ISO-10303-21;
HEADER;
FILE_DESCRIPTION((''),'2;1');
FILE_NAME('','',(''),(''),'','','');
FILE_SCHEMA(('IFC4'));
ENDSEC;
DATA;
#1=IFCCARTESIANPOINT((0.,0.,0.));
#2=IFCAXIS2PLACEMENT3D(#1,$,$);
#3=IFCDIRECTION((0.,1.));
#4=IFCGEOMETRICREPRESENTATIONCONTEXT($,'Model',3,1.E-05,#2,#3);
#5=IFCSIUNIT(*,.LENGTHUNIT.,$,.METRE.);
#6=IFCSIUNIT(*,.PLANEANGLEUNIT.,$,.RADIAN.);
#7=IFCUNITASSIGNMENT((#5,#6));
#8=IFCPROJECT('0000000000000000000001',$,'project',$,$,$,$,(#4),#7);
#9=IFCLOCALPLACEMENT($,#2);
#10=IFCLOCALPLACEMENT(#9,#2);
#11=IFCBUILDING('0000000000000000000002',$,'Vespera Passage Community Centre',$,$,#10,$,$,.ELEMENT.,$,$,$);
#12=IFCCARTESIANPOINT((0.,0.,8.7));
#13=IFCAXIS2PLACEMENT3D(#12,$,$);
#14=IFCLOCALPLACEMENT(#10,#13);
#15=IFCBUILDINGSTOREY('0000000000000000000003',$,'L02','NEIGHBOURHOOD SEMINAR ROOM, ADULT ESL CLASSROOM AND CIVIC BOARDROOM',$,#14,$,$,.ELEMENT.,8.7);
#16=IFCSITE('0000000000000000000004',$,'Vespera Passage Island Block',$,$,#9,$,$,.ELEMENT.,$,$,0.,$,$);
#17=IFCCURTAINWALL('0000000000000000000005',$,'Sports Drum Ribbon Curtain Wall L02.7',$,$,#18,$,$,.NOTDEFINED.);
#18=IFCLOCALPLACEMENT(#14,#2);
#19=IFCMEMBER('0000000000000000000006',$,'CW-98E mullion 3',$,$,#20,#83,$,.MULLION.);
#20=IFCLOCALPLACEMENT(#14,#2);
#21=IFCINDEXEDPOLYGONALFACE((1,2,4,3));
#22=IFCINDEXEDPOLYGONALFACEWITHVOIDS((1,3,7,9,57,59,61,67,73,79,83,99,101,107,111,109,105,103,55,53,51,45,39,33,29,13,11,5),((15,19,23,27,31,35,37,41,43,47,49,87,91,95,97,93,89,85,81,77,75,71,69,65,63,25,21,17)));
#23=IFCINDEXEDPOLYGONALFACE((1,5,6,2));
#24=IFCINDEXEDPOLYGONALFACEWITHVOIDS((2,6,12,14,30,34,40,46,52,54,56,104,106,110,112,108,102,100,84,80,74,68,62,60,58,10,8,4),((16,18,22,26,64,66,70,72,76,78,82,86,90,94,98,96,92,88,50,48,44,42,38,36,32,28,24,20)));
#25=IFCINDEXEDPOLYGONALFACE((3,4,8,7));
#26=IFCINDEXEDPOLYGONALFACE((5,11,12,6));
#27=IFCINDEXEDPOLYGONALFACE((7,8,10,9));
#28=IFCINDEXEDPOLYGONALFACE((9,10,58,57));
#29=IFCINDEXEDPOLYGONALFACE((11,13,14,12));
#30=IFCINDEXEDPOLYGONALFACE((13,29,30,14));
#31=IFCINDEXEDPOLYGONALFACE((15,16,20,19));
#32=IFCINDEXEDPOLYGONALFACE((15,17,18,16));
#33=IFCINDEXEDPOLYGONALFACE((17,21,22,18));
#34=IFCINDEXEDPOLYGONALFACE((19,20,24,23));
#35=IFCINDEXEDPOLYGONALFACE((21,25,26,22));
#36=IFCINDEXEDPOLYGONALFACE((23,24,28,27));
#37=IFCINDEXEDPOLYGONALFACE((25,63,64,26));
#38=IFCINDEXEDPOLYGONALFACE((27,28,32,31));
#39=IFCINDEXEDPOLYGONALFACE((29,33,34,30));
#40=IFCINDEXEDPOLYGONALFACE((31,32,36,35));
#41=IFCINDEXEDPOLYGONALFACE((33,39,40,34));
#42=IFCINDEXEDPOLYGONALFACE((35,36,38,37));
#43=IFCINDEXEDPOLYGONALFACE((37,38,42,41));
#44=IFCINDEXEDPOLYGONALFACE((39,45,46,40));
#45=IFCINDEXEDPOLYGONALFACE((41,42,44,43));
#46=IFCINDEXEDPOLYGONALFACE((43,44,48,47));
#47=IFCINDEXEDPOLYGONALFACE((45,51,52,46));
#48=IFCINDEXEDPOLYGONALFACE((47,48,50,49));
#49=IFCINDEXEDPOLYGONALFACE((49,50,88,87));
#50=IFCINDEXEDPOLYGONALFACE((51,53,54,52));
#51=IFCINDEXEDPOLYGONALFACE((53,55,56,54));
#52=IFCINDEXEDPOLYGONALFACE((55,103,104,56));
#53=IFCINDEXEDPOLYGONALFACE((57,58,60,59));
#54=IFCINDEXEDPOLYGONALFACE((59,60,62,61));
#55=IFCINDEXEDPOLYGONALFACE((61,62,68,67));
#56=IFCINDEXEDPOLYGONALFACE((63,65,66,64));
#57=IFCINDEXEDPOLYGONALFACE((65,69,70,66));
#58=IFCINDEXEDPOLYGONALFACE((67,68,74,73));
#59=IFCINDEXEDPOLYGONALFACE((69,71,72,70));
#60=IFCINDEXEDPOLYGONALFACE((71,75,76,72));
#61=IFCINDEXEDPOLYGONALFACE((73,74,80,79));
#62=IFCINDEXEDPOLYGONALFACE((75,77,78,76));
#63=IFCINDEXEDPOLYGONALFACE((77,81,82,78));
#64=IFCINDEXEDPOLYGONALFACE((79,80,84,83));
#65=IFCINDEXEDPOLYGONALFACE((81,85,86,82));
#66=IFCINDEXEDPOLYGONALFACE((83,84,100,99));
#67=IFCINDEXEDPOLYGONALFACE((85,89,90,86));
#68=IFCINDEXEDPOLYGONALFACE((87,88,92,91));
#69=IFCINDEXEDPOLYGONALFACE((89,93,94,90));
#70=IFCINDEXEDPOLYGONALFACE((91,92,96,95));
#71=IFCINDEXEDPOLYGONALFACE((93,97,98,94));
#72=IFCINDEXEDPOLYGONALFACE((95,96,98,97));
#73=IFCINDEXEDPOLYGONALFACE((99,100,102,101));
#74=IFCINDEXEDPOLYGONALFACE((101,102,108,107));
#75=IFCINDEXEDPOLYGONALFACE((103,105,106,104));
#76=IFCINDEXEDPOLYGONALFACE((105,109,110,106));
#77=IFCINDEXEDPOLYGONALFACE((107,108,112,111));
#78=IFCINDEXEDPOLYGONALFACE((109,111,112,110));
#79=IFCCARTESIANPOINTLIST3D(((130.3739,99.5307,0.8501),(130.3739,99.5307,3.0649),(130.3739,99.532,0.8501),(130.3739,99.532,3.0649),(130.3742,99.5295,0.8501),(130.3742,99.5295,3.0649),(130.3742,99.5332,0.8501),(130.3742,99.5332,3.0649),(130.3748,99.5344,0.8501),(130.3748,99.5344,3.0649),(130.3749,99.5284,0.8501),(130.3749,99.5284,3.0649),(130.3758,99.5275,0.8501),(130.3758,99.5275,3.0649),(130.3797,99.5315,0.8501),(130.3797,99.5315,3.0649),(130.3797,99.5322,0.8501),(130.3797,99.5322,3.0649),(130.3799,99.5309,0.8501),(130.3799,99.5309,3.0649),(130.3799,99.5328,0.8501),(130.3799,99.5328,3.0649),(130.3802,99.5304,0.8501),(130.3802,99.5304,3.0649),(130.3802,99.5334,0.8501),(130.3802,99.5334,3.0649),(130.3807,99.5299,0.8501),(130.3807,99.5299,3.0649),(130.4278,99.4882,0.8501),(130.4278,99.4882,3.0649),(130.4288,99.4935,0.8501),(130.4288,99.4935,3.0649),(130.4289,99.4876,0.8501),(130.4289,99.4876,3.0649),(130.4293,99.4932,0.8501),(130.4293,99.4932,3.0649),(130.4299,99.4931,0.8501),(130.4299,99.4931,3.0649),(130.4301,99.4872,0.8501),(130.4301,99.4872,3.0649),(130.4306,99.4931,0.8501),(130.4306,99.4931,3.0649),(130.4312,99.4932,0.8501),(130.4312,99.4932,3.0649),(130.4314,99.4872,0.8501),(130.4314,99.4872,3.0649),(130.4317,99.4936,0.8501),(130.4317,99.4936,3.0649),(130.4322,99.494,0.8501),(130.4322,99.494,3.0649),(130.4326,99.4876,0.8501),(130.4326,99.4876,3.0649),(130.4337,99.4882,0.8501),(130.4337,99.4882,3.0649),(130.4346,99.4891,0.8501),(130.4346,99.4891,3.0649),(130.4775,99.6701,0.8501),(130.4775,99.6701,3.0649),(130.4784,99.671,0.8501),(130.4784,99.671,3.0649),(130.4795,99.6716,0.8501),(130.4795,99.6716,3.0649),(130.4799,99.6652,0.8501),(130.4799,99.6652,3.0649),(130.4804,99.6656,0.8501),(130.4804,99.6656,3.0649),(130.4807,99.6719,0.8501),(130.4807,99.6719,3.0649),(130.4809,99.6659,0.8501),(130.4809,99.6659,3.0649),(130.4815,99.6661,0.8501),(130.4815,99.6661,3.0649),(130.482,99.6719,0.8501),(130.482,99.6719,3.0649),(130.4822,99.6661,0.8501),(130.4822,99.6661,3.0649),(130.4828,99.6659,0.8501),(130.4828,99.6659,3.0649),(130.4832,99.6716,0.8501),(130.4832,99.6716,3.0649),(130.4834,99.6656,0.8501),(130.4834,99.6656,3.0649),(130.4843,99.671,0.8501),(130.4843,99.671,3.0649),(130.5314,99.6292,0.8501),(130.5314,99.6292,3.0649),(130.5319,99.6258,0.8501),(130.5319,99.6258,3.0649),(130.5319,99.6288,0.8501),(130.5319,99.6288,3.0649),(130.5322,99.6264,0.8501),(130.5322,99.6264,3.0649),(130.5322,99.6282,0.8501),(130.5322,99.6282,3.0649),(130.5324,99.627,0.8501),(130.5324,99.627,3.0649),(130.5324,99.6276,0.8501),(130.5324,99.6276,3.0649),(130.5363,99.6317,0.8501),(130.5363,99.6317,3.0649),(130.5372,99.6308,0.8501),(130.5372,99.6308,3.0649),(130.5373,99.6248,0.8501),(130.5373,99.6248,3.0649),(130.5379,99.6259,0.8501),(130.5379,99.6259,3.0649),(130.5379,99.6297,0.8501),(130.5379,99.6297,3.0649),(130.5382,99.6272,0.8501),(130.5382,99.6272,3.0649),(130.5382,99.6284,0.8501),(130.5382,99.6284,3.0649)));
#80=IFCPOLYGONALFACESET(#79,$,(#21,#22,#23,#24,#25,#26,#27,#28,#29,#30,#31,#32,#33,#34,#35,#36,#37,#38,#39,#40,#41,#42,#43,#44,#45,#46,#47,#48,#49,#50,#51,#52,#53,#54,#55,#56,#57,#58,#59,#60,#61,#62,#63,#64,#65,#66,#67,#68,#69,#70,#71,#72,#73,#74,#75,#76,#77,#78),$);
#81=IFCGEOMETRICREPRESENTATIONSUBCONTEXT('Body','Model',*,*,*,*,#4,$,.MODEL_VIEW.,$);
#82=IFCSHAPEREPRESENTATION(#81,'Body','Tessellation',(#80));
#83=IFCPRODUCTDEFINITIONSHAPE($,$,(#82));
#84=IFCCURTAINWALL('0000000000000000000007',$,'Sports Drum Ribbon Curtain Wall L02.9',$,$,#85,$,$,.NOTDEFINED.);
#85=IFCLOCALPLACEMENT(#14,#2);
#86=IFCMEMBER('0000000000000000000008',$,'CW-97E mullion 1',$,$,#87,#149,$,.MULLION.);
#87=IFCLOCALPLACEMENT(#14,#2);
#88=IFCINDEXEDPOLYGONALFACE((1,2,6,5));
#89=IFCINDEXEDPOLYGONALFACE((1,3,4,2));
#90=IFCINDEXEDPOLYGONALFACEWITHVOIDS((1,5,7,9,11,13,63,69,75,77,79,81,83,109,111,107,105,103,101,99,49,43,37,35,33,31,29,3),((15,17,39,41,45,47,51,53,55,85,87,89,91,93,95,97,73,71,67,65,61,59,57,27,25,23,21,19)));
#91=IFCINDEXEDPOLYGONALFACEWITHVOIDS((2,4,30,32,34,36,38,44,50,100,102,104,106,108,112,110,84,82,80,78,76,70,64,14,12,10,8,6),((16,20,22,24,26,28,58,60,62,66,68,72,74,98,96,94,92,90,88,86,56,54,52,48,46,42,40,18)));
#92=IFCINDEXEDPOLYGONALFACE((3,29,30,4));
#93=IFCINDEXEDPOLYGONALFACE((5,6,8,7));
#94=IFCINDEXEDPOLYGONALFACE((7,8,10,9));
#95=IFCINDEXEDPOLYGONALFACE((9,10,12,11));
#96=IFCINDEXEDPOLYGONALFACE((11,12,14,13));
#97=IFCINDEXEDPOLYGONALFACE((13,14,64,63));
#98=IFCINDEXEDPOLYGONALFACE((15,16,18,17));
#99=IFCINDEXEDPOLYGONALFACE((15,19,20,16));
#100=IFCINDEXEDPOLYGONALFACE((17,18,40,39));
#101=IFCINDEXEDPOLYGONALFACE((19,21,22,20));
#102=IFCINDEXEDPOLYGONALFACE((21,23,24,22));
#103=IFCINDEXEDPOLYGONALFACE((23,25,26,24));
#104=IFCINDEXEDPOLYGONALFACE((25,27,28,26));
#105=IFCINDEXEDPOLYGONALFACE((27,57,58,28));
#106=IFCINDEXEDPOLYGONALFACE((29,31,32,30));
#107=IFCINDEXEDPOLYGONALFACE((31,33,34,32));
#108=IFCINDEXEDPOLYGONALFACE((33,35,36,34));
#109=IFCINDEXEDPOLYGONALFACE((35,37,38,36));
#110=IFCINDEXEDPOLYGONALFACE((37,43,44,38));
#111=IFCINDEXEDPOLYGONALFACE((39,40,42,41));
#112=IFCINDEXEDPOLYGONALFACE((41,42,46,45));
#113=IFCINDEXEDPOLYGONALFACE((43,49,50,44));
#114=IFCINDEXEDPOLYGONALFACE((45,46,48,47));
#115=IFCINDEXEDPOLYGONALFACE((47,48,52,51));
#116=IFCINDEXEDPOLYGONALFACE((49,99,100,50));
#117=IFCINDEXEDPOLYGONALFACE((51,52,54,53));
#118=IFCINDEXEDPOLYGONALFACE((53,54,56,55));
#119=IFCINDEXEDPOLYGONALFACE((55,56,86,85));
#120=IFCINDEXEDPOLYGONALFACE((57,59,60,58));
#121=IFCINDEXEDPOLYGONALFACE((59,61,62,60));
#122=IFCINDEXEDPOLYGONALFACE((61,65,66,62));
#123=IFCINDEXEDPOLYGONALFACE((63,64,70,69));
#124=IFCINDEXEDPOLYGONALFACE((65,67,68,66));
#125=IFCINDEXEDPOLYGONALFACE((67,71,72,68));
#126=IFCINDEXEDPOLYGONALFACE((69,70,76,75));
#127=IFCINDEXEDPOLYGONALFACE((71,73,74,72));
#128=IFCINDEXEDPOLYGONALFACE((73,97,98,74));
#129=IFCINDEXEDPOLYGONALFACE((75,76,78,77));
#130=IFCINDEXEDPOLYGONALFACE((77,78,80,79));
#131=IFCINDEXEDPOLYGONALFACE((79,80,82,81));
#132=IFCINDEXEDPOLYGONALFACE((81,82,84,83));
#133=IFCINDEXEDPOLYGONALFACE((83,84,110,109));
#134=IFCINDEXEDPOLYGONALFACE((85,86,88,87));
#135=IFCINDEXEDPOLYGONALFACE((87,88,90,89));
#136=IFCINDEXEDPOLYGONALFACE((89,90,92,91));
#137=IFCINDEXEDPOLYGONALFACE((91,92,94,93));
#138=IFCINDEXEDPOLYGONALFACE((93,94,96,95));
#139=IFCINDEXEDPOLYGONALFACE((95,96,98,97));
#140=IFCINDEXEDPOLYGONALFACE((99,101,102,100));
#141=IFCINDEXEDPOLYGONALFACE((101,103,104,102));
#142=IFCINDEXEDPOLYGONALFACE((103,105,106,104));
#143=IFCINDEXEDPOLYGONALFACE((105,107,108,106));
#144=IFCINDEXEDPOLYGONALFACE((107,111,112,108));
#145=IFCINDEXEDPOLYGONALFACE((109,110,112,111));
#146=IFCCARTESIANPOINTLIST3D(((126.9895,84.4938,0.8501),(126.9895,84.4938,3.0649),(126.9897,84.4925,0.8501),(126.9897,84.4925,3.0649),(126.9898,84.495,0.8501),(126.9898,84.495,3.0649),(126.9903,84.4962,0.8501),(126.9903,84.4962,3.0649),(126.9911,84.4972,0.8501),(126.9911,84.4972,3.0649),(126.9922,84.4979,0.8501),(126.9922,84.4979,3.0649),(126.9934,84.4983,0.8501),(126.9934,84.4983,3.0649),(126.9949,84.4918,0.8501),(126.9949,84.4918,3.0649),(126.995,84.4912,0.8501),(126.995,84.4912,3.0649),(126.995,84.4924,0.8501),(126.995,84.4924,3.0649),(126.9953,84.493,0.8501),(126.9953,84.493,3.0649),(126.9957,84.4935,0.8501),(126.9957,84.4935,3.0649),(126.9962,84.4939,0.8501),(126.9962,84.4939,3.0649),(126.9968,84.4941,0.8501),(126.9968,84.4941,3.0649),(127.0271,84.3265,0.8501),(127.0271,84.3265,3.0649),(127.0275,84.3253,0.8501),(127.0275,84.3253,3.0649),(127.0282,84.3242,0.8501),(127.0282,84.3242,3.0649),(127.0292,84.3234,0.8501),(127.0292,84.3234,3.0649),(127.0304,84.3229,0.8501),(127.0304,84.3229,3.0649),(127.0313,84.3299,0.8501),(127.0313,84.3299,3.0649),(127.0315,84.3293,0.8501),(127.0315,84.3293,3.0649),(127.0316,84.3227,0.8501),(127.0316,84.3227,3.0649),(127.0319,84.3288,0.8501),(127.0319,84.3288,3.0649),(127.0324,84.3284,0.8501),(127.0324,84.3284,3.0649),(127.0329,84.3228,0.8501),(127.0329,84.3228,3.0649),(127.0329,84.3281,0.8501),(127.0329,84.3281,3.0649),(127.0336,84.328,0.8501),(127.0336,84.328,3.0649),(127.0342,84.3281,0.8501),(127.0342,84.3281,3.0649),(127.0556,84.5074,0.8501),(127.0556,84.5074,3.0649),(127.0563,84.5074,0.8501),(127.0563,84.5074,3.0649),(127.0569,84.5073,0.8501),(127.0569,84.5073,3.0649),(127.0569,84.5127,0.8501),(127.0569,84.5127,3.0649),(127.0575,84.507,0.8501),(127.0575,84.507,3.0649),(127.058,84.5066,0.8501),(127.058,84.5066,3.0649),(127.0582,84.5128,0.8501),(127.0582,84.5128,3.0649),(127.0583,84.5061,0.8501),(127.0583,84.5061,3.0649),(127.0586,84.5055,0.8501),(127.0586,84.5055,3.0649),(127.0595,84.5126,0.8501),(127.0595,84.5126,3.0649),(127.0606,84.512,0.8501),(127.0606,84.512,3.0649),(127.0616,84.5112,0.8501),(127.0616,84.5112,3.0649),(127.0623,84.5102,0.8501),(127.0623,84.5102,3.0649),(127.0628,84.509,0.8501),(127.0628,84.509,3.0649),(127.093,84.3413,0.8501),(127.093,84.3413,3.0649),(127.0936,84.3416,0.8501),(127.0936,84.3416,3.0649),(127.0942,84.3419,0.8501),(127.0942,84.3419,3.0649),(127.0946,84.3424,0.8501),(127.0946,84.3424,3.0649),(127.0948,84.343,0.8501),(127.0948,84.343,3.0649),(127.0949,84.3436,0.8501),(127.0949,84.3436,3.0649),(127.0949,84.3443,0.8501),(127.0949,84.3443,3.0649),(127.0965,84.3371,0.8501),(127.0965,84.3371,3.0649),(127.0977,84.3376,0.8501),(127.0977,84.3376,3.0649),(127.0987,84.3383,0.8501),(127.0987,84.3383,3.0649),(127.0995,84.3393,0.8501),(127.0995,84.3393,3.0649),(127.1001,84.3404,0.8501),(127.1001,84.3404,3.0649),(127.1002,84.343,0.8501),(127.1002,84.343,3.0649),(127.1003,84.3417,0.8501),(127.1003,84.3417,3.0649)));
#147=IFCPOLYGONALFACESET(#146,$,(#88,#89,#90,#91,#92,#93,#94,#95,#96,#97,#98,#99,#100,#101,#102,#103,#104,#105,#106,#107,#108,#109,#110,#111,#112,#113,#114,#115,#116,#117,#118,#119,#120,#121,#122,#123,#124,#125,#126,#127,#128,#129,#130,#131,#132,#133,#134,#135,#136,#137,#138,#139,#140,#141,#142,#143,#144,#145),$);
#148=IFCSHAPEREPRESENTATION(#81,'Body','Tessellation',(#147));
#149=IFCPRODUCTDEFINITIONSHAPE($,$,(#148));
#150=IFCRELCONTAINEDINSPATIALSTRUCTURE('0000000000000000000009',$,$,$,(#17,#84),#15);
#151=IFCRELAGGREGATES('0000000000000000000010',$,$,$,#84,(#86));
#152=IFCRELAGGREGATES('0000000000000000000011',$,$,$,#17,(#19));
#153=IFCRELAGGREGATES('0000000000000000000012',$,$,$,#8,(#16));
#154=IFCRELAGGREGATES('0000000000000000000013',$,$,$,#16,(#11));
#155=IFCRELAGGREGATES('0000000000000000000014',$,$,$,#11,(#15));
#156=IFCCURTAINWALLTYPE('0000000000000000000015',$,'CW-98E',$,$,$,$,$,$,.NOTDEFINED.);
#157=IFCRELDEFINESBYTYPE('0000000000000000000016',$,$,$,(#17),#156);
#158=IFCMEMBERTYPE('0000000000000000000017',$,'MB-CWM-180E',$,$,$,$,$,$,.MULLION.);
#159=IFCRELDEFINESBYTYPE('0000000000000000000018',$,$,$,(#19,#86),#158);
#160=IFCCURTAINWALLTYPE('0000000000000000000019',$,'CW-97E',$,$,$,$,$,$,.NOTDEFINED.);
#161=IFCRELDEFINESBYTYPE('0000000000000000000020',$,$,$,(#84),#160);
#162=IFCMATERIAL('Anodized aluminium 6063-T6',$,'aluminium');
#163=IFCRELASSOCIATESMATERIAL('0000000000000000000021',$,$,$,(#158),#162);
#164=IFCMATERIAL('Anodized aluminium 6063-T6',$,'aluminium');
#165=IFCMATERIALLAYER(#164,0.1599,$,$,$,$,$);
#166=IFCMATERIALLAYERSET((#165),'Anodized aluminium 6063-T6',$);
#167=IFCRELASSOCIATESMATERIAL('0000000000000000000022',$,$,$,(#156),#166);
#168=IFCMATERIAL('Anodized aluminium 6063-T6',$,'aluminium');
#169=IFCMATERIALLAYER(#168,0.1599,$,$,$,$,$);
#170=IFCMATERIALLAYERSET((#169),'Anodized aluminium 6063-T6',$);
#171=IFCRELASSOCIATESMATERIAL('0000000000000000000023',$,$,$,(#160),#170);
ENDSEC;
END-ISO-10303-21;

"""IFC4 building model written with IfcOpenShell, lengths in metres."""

from ifc_helpers import new_model, si_unit, direction, frame, origin, origin_2d, place, context, subcontext, project, spatial, hollow_rectangle, extrude, material, layer, layer_set, material_profile, profile_set, type_object, element, aggregate, save


model = new_model("IFC4")

# Units and contexts
model_context = context("Model", 3, precision=1e-05, world=origin(), true_north=direction((0.0, 1.0)))
body_context = subcontext(model_context, "Body", "Model", "MODEL_VIEW")
ifc_project = project(units=[si_unit("LENGTHUNIT", "METRE"), si_unit("PLANEANGLEUNIT", "RADIAN")], contexts=[model_context])

# Site, building, storey
site_placement = place(None, origin())
site = spatial("IfcSite", under=ifc_project, at=site_placement, Name="Vespera Passage Island Block", CompositionType="ELEMENT", RefElevation=0.0)
building_placement = place(site_placement, origin())
building = spatial("IfcBuilding", under=site, at=building_placement, Name="Vespera Passage Community Centre", CompositionType="ELEMENT")
storey_placement = place(building_placement, frame((0.0, 0.0, 8.7)))
storey = spatial("IfcBuildingStorey", under=building, at=storey_placement, Name="L02", Description="NEIGHBOURHOOD SEMINAR ROOM, ADULT ESL CLASSROOM AND CIVIC BOARDROOM", CompositionType="ELEMENT", Elevation=8.7)

# Shared definitions
ifc_material_1 = material(Name="Anodized aluminium 6063-T6", Category="aluminium")
ifc_material_profile_1 = material_profile(ifc_material_1, hollow_rectangle(XDim=0.075, YDim=0.1799, WallThickness=0.0049, InnerFilletRadius=0.0024, OuterFilletRadius=0.0049, at=origin_2d()), Name="ALU180X75X5")
ifc_profile_set_1 = profile_set([ifc_material_profile_1], Name="Anodized aluminium 6063-T6")
member_type_1 = type_object("IfcMemberType", Name="MB-CWM-180E", PredefinedType="MULLION", material=ifc_profile_set_1)

# Curtain wall, member
ifc_material_2 = material(Name="Anodized aluminium 6063-T6", Category="aluminium")
ifc_layer_1 = layer(ifc_material_2, 0.1599)
ifc_layer_set_1 = layer_set([ifc_layer_1], Name="Anodized aluminium 6063-T6")
curtain_wall_type_1 = type_object("IfcCurtainWallType", Name="CW-98E", PredefinedType="NOTDEFINED", material=ifc_layer_set_1)
curtain_wall_1_placement = place(storey_placement, origin())
curtain_wall_1 = element("IfcCurtainWall", 1, at=curtain_wall_1_placement, inside=storey, type_object=curtain_wall_type_1, Name="Sports Drum Ribbon Curtain Wall L02.7", PredefinedType="NOTDEFINED")
member_1_placement = place(storey_placement, frame((130.4561, 99.5796, 0.8501), z_axis=(0.0, 0.0, 1.0), x_axis=(-0.797434, 0.603406, 0.0)))
member_1 = element("IfcMember", 2, at=member_1_placement, type_object=member_type_1, Name="CW-98E mullion 3", PredefinedType="MULLION", context=body_context, shape_type="SweptSolid", body=[
    extrude(hollow_rectangle(XDim=0.075, YDim=0.1799, WallThickness=0.0049, InnerFilletRadius=0.0024, OuterFilletRadius=0.0049, at=origin_2d()), origin(), (0.0, 0.0, 1.0), 2.2148),
])

# Curtain wall, member
ifc_material_3 = material(Name="Anodized aluminium 6063-T6", Category="aluminium")
ifc_layer_2 = layer(ifc_material_3, 0.1599)
ifc_layer_set_2 = layer_set([ifc_layer_2], Name="Anodized aluminium 6063-T6")
curtain_wall_type_2 = type_object("IfcCurtainWallType", Name="CW-97E", PredefinedType="NOTDEFINED", material=ifc_layer_set_2)
curtain_wall_2_placement = place(storey_placement, origin())
curtain_wall_2 = element("IfcCurtainWall", 3, at=curtain_wall_2_placement, inside=storey, type_object=curtain_wall_type_2, Name="Sports Drum Ribbon Curtain Wall L02.9", PredefinedType="NOTDEFINED")
member_2_placement = place(storey_placement, frame((127.0449, 84.4177, 0.8501), z_axis=(0.0, 0.0, 1.0), x_axis=(-0.975553, -0.219763, 0.0)))
member_2 = element("IfcMember", 4, at=member_2_placement, type_object=member_type_1, Name="CW-97E mullion 1", PredefinedType="MULLION", context=body_context, shape_type="SweptSolid", body=[
    extrude(hollow_rectangle(XDim=0.075, YDim=0.1799, WallThickness=0.0049, InnerFilletRadius=0.0024, OuterFilletRadius=0.0049, at=origin_2d()), origin(), (0.0, 0.0, 1.0), 2.2148),
])

aggregate(curtain_wall_2, [member_2])

aggregate(curtain_wall_1, [member_1])

save(model, "model.ifc")
